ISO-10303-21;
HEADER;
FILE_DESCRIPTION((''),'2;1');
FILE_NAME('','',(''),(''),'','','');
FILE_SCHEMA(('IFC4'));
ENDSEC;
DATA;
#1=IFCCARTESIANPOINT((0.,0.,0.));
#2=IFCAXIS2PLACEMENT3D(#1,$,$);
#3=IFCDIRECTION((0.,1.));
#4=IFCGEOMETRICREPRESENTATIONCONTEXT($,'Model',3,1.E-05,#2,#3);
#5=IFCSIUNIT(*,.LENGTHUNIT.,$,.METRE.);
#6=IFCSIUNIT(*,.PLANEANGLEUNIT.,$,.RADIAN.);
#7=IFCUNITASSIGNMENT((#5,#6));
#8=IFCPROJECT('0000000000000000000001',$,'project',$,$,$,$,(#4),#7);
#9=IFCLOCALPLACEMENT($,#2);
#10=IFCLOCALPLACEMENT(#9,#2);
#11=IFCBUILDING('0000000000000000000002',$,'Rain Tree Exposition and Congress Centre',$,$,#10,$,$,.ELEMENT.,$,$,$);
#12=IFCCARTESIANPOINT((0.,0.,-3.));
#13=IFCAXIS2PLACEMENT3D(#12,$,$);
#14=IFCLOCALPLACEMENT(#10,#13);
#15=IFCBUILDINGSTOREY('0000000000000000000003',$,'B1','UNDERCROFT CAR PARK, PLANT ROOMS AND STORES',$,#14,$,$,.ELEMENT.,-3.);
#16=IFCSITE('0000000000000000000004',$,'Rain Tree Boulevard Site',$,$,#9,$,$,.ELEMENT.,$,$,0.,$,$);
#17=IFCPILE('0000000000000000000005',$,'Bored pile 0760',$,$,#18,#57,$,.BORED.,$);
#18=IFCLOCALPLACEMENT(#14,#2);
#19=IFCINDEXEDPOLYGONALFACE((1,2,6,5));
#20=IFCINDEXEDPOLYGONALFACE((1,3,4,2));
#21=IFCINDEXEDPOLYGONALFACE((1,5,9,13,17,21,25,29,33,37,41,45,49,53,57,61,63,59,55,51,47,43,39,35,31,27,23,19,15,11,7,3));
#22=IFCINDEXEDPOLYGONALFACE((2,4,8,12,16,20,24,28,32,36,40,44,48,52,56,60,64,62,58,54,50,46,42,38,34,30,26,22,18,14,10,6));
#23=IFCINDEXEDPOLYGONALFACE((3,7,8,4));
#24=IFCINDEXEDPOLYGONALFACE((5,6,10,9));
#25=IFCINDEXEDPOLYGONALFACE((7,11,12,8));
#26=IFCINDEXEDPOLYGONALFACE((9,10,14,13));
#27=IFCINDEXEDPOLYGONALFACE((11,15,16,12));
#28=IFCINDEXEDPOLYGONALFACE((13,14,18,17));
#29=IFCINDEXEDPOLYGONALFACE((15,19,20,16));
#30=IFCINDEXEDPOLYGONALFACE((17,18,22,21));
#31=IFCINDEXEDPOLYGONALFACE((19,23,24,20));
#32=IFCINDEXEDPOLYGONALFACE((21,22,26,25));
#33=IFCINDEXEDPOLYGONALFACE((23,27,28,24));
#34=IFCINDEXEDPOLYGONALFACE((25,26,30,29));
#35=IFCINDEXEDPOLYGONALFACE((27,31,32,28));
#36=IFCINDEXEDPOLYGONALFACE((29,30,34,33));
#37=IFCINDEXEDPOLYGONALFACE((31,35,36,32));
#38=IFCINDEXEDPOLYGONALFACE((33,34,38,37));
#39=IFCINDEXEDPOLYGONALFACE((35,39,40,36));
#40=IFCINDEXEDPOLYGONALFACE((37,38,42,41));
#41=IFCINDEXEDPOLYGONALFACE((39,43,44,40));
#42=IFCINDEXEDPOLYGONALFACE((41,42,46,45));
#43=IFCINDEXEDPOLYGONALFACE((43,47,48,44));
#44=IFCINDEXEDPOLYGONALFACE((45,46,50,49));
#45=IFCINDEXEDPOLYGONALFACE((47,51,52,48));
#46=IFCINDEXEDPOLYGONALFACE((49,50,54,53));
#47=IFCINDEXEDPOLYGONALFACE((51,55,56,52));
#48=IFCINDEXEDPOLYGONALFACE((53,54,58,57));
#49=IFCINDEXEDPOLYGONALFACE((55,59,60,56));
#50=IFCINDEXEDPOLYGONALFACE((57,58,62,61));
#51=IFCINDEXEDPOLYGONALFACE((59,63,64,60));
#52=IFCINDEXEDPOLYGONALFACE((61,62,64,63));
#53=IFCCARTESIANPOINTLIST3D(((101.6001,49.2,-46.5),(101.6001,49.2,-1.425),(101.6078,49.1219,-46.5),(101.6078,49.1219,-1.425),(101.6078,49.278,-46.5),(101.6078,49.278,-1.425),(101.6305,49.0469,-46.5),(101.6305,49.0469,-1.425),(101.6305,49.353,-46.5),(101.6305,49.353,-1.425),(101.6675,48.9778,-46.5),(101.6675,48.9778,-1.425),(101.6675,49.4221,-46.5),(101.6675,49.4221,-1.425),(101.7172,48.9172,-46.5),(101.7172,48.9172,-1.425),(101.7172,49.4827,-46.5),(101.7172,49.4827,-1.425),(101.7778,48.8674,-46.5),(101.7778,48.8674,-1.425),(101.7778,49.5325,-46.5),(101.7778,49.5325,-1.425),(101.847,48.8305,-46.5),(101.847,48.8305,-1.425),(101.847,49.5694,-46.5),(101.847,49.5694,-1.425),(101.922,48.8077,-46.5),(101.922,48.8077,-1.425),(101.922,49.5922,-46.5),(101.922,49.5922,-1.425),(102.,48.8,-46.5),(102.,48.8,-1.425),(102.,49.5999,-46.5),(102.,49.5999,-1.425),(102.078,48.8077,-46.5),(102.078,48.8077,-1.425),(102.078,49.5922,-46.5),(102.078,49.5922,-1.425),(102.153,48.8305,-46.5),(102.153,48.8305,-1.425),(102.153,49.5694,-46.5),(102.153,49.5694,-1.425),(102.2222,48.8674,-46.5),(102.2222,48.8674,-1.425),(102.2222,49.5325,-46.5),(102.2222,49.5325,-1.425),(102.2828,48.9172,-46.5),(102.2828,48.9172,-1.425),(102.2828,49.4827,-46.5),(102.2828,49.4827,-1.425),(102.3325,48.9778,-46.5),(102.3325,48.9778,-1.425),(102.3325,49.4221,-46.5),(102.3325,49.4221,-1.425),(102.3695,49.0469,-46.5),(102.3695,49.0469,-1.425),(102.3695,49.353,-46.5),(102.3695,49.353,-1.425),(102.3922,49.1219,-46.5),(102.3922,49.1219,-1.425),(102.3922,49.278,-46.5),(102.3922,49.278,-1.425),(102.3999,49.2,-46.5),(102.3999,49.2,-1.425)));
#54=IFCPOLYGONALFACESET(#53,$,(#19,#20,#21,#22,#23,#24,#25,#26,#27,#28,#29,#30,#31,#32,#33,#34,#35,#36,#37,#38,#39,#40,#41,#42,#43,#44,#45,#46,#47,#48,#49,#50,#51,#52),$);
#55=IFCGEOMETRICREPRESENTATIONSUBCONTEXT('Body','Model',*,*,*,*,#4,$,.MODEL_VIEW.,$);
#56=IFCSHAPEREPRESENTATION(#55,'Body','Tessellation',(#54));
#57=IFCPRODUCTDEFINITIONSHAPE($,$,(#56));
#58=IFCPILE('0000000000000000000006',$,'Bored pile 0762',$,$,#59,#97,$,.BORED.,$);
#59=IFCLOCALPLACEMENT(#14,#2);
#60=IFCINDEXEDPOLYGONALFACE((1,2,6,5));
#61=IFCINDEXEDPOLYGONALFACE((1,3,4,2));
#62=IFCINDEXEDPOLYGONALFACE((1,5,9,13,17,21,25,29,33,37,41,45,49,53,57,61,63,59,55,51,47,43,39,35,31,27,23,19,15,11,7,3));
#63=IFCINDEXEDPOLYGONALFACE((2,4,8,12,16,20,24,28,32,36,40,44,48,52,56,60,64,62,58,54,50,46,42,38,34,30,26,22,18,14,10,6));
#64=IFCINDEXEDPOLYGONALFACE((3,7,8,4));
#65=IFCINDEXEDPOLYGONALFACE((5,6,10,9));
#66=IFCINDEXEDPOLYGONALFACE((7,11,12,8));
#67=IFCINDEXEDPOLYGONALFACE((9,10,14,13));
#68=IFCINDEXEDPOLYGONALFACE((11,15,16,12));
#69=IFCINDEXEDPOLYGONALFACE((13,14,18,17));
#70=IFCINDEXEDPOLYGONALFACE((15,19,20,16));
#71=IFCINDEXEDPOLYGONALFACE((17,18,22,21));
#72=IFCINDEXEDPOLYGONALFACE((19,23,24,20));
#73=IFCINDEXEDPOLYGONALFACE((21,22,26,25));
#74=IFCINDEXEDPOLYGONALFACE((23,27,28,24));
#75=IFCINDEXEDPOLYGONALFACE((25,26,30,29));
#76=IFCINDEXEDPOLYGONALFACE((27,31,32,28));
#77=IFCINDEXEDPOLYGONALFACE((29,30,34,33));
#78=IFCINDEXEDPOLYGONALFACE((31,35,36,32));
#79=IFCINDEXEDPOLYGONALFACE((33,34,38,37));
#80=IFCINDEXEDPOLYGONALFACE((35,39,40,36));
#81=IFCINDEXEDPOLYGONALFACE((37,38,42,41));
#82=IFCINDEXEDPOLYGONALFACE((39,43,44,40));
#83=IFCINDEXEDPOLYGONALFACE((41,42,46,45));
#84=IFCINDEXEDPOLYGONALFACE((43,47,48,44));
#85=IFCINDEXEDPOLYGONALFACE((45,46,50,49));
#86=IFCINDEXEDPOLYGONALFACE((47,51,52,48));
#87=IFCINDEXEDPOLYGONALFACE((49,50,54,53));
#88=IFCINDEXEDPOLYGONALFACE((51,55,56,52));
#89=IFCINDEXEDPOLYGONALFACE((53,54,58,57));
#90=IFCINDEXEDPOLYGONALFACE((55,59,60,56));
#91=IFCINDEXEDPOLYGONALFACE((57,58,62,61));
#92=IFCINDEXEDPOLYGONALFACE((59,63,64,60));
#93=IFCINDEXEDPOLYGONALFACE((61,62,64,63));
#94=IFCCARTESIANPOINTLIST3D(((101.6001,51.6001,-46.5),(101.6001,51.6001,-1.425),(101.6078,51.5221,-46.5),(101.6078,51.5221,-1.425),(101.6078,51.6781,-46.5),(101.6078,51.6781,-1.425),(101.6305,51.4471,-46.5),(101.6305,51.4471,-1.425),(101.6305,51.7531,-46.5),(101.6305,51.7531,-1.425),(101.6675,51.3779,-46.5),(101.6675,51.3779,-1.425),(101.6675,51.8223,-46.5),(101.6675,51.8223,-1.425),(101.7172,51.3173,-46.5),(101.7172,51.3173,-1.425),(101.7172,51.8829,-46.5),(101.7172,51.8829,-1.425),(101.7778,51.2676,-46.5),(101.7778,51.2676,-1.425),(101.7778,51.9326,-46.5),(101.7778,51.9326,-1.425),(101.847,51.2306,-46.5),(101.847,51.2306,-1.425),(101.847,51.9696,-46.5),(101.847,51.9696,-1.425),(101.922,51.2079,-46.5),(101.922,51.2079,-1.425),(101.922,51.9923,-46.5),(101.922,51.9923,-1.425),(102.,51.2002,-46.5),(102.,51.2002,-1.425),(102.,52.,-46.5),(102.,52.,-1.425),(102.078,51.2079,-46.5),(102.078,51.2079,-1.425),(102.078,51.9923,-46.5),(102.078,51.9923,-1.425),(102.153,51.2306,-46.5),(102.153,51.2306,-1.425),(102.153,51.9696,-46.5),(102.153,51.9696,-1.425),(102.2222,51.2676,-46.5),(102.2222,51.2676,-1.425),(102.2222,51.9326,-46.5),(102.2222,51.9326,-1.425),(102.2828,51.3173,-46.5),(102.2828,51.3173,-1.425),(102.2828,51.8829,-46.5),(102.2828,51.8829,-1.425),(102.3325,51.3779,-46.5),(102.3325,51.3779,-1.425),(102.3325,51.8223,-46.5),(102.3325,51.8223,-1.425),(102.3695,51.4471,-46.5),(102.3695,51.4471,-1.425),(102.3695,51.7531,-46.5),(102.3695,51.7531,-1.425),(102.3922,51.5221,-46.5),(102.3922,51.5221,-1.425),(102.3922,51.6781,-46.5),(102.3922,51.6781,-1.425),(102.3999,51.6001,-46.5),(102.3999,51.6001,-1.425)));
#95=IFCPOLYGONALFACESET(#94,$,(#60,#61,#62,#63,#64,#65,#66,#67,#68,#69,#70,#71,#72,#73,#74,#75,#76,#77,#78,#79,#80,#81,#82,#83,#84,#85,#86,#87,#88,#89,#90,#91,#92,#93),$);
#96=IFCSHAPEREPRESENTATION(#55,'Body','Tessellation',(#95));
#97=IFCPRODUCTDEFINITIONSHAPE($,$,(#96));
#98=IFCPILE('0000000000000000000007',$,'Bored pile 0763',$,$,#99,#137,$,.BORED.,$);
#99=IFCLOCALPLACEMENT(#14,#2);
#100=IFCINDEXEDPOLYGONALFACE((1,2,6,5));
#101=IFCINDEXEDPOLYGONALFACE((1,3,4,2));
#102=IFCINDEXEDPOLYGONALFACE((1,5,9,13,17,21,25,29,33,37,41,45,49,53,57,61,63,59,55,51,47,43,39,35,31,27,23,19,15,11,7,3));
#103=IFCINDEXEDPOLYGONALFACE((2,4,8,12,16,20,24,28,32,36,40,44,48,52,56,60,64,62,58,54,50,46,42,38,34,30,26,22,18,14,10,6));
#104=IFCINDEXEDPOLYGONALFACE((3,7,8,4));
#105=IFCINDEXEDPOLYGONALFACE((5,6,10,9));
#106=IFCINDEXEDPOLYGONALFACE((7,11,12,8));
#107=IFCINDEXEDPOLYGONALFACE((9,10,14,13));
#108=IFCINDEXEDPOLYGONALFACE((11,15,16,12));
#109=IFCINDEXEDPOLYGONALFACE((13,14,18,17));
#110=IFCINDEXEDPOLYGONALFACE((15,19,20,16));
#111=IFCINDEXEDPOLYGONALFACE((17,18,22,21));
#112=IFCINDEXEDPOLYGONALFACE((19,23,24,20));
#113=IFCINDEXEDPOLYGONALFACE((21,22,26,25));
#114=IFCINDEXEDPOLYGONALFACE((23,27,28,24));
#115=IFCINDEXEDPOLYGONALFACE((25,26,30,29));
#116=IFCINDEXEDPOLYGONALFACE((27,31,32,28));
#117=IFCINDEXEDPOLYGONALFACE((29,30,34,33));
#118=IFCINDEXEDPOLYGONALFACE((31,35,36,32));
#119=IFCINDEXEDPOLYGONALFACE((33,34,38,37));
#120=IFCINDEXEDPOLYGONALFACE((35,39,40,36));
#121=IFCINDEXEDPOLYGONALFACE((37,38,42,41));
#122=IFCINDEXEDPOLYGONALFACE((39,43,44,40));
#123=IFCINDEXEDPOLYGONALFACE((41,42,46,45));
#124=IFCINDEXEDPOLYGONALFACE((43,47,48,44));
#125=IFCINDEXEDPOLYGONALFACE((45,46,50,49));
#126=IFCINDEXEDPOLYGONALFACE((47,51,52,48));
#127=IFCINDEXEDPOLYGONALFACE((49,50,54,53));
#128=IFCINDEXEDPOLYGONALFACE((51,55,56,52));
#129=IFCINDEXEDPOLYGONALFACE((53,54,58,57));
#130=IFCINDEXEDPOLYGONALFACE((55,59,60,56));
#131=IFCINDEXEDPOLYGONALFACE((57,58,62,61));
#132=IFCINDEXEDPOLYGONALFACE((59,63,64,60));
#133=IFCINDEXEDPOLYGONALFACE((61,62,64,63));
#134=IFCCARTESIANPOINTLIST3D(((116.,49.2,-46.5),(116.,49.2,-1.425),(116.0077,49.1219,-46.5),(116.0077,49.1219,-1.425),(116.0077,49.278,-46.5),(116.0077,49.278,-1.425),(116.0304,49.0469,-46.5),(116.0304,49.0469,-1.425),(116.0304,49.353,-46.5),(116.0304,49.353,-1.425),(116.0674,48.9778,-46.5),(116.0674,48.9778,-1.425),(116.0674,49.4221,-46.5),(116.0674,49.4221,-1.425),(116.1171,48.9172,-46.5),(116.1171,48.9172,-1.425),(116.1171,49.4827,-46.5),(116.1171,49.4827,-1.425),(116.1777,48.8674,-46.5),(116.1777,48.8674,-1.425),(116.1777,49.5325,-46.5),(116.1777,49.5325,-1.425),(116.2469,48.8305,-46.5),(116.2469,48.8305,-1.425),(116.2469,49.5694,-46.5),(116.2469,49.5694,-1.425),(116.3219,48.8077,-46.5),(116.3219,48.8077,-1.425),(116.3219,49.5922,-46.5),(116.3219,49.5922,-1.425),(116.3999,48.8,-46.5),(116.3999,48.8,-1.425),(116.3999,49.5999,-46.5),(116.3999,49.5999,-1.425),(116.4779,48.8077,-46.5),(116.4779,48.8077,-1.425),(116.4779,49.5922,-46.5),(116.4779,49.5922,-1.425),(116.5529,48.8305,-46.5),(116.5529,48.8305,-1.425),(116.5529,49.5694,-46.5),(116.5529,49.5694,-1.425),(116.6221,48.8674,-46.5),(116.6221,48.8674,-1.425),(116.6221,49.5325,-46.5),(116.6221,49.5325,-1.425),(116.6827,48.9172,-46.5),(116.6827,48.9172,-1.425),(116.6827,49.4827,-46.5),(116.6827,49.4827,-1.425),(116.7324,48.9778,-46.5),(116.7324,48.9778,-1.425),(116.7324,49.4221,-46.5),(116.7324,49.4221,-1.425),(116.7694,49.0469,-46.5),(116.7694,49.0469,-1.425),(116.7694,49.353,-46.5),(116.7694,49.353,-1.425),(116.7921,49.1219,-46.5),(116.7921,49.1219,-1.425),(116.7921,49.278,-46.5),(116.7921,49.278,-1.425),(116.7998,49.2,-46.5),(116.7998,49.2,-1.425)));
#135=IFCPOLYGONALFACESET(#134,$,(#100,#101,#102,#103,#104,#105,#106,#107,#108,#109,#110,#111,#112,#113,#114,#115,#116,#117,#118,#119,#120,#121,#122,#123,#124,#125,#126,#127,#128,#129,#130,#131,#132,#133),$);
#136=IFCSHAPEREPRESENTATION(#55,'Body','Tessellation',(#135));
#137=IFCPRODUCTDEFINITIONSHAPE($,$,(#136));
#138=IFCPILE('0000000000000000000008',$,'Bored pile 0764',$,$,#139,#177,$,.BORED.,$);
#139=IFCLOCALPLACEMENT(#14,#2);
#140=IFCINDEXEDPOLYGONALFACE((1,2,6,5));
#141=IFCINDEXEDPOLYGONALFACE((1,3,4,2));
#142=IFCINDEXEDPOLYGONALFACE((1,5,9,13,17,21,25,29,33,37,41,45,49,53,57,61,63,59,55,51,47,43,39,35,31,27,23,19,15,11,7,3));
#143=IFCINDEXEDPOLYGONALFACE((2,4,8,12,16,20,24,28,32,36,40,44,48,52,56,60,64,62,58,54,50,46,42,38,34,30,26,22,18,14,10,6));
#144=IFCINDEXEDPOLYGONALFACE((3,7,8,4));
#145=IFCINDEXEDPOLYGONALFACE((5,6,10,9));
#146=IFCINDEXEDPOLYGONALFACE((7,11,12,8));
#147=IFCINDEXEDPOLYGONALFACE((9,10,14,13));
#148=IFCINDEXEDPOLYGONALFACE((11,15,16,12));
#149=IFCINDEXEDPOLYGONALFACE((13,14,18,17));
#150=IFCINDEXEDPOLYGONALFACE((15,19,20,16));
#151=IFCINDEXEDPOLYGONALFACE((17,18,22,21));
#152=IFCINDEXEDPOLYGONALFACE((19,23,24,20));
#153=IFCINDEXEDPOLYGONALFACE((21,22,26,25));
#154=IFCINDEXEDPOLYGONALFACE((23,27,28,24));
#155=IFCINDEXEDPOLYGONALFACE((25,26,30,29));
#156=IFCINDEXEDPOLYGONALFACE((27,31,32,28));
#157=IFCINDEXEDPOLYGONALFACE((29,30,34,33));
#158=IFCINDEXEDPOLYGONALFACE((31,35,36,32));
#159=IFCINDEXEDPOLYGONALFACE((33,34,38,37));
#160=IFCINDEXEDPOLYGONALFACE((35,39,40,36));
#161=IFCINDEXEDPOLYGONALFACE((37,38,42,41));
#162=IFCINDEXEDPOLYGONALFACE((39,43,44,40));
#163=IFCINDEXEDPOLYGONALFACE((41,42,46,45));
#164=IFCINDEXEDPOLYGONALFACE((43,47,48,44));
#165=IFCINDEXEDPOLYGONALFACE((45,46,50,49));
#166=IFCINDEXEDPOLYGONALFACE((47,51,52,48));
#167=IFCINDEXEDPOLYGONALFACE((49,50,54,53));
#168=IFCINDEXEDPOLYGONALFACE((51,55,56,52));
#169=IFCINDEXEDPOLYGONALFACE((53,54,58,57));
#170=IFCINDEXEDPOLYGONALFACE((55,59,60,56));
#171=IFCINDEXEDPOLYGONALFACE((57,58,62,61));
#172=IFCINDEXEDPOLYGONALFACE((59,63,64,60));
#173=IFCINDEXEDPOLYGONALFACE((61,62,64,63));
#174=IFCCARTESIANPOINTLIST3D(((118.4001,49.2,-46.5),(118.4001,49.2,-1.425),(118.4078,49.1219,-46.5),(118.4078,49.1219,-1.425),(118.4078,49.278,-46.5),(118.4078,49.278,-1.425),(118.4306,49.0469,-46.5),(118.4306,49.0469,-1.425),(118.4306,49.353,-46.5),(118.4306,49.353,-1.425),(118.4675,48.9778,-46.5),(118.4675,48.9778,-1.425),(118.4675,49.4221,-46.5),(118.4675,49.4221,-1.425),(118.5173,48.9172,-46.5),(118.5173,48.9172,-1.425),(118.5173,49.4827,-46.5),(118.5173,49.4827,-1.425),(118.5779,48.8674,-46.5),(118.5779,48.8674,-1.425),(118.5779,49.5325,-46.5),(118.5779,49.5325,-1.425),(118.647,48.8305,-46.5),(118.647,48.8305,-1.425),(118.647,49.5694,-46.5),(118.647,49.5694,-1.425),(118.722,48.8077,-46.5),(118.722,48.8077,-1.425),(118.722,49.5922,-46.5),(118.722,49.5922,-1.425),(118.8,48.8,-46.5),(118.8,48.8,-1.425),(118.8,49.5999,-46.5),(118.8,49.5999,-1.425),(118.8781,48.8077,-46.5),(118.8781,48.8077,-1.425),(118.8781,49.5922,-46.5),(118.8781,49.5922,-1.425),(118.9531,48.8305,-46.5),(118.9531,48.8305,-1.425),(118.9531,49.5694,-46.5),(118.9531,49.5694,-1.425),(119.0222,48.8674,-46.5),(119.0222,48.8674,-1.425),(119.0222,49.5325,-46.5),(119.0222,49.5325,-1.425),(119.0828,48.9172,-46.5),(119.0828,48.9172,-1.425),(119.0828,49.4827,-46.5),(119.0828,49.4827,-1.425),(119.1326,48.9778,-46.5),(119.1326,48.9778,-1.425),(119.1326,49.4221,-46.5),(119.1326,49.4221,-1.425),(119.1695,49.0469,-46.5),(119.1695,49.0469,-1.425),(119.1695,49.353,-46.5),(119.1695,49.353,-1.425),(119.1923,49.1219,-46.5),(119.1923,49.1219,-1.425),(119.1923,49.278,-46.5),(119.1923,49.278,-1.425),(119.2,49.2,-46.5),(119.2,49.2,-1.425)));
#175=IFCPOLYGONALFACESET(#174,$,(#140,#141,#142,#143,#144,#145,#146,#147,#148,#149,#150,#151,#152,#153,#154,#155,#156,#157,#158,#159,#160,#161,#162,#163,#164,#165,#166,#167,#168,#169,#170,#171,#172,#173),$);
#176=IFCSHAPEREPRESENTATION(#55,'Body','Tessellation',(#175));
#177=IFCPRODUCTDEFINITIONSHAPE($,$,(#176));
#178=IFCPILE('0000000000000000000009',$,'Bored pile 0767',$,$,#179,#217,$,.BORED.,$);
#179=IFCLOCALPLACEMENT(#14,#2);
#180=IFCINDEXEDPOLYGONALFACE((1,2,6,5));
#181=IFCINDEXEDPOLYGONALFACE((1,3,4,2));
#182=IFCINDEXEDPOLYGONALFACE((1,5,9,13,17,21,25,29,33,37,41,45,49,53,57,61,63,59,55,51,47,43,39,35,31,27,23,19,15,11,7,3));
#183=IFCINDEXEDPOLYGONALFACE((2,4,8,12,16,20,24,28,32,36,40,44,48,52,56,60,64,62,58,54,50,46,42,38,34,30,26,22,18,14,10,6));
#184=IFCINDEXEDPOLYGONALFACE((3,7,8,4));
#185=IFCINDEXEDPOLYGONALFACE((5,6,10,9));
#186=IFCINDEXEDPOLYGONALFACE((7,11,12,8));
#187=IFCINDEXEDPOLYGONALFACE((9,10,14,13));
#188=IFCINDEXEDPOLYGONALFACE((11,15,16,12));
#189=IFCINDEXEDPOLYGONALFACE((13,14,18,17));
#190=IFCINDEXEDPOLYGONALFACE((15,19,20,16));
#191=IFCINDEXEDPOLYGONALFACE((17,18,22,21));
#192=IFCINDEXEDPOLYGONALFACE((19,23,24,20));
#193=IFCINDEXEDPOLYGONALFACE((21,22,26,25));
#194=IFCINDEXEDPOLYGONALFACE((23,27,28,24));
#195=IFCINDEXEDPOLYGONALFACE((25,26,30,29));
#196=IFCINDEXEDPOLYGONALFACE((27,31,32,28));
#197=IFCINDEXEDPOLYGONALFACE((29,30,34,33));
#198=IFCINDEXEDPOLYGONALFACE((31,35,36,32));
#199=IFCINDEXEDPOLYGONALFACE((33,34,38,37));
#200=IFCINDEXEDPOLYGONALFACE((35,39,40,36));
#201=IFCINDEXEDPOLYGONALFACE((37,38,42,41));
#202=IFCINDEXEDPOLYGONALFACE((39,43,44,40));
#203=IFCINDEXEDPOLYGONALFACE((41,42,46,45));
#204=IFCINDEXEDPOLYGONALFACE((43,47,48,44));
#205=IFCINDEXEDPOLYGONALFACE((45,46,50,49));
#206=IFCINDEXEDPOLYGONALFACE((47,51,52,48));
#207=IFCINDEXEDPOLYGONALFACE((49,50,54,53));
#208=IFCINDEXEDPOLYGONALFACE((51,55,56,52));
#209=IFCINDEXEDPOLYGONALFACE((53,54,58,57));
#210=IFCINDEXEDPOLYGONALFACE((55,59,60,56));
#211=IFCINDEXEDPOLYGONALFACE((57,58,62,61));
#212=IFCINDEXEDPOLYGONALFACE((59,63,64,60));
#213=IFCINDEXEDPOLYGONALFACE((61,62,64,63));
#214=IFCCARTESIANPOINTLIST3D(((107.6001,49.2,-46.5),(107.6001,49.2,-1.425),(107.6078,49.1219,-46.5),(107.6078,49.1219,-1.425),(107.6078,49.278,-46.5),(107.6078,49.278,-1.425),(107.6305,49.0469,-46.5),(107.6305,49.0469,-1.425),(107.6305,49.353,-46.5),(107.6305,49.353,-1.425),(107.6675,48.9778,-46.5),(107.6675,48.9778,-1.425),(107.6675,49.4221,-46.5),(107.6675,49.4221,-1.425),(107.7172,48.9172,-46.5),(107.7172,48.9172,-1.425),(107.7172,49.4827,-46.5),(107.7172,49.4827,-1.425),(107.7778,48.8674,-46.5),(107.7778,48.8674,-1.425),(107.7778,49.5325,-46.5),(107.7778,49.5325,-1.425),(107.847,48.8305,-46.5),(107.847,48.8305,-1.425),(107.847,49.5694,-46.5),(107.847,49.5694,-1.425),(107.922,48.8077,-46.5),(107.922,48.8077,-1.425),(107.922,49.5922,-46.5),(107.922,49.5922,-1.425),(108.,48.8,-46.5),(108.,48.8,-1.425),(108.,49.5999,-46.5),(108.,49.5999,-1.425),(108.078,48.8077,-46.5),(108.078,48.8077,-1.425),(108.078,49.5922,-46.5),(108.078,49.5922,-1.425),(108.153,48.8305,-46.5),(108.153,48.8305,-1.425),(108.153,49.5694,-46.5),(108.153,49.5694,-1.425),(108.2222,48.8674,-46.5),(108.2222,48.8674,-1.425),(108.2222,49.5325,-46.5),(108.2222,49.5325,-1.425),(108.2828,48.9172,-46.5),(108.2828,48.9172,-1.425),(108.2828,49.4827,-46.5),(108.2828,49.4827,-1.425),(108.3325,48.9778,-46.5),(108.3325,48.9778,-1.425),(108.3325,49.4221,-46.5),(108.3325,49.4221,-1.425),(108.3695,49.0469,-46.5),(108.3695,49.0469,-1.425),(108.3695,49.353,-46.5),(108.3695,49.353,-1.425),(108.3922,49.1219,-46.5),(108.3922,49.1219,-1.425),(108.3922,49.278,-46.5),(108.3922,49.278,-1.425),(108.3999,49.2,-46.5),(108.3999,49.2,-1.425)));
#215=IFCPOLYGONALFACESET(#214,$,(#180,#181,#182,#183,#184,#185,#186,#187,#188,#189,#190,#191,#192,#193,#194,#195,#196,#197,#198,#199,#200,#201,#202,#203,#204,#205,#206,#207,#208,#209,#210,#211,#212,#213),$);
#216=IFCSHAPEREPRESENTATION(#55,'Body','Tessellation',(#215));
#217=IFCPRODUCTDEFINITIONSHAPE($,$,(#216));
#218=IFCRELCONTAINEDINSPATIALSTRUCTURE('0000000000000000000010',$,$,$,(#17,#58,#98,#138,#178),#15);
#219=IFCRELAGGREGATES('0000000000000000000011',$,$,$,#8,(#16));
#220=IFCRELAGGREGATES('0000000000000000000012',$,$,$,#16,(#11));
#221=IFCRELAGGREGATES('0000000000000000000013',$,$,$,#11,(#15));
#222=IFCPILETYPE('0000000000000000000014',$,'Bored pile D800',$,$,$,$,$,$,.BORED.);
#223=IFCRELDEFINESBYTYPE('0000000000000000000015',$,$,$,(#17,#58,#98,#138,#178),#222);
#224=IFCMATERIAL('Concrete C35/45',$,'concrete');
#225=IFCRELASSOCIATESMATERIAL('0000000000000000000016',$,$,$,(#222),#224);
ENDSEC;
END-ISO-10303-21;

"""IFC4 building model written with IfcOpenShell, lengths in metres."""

from ifc_helpers import new_model, si_unit, direction, frame, origin, origin_2d, place, context, subcontext, project, spatial, circle, extrude, material, material_profile, profile_set, type_object, element, save


model = new_model("IFC4")

# Units and contexts
model_context = context("Model", 3, precision=1e-05, world=origin(), true_north=direction((0.0, 1.0)))
body_context = subcontext(model_context, "Body", "Model", "MODEL_VIEW")
ifc_project = project(units=[si_unit("LENGTHUNIT", "METRE"), si_unit("PLANEANGLEUNIT", "RADIAN")], contexts=[model_context])

# Site, building, storey
site_placement = place(None, origin())
site = spatial("IfcSite", under=ifc_project, at=site_placement, Name="Rain Tree Boulevard Site", CompositionType="ELEMENT", RefElevation=0.0)
building_placement = place(site_placement, origin())
building = spatial("IfcBuilding", under=site, at=building_placement, Name="Rain Tree Exposition and Congress Centre", CompositionType="ELEMENT")
storey_placement = place(building_placement, frame((0.0, 0.0, -3.0)))
storey = spatial("IfcBuildingStorey", under=building, at=storey_placement, Name="B1", Description="UNDERCROFT CAR PARK, PLANT ROOMS AND STORES", CompositionType="ELEMENT", Elevation=-3.0)

# Piles
ifc_material_1 = material(Name="Concrete C35/45", Category="concrete")
ifc_material_profile_1 = material_profile(ifc_material_1, circle(Radius=0.3999, at=origin_2d()), Name="D800")
ifc_profile_set_1 = profile_set([ifc_material_profile_1], Name="Concrete C35/45")
pile_type = type_object("IfcPileType", Name="Bored pile D800", PredefinedType="BORED", material=ifc_profile_set_1)
for number, where, z_axis, x_axis, name in (
    (1, (102.0, 49.2, -1.425), (0.0, 0.0, -1.0), (1.0, 0.0, 0.0), "Bored pile 0760"),
    (2, (102.0, 51.6001, -1.425), (0.0, 0.0, -1.0), (1.0, 0.0, 0.0), "Bored pile 0762"),
    (3, (116.3999, 49.2, -1.425), (0.0, 0.0, -1.0), (1.0, 0.0, 0.0), "Bored pile 0763"),
    (4, (118.8, 49.2, -1.425), (0.0, 0.0, -1.0), (1.0, 0.0, 0.0), "Bored pile 0764"),
    (5, (108.0, 49.2, -1.425), (0.0, 0.0, -1.0), (1.0, 0.0, 0.0), "Bored pile 0767"),
):
    element("IfcPile", number, at=place(storey_placement, frame(where, z_axis=z_axis, x_axis=x_axis)), inside=storey, type_object=pile_type, Name=name, PredefinedType="BORED", context=body_context, shape_type="SweptSolid", body=[
        extrude(circle(Radius=0.3999, at=origin_2d()), origin(), (0.0, 0.0, 1.0), 45.075),
    ])

save(model, "model.ifc")
